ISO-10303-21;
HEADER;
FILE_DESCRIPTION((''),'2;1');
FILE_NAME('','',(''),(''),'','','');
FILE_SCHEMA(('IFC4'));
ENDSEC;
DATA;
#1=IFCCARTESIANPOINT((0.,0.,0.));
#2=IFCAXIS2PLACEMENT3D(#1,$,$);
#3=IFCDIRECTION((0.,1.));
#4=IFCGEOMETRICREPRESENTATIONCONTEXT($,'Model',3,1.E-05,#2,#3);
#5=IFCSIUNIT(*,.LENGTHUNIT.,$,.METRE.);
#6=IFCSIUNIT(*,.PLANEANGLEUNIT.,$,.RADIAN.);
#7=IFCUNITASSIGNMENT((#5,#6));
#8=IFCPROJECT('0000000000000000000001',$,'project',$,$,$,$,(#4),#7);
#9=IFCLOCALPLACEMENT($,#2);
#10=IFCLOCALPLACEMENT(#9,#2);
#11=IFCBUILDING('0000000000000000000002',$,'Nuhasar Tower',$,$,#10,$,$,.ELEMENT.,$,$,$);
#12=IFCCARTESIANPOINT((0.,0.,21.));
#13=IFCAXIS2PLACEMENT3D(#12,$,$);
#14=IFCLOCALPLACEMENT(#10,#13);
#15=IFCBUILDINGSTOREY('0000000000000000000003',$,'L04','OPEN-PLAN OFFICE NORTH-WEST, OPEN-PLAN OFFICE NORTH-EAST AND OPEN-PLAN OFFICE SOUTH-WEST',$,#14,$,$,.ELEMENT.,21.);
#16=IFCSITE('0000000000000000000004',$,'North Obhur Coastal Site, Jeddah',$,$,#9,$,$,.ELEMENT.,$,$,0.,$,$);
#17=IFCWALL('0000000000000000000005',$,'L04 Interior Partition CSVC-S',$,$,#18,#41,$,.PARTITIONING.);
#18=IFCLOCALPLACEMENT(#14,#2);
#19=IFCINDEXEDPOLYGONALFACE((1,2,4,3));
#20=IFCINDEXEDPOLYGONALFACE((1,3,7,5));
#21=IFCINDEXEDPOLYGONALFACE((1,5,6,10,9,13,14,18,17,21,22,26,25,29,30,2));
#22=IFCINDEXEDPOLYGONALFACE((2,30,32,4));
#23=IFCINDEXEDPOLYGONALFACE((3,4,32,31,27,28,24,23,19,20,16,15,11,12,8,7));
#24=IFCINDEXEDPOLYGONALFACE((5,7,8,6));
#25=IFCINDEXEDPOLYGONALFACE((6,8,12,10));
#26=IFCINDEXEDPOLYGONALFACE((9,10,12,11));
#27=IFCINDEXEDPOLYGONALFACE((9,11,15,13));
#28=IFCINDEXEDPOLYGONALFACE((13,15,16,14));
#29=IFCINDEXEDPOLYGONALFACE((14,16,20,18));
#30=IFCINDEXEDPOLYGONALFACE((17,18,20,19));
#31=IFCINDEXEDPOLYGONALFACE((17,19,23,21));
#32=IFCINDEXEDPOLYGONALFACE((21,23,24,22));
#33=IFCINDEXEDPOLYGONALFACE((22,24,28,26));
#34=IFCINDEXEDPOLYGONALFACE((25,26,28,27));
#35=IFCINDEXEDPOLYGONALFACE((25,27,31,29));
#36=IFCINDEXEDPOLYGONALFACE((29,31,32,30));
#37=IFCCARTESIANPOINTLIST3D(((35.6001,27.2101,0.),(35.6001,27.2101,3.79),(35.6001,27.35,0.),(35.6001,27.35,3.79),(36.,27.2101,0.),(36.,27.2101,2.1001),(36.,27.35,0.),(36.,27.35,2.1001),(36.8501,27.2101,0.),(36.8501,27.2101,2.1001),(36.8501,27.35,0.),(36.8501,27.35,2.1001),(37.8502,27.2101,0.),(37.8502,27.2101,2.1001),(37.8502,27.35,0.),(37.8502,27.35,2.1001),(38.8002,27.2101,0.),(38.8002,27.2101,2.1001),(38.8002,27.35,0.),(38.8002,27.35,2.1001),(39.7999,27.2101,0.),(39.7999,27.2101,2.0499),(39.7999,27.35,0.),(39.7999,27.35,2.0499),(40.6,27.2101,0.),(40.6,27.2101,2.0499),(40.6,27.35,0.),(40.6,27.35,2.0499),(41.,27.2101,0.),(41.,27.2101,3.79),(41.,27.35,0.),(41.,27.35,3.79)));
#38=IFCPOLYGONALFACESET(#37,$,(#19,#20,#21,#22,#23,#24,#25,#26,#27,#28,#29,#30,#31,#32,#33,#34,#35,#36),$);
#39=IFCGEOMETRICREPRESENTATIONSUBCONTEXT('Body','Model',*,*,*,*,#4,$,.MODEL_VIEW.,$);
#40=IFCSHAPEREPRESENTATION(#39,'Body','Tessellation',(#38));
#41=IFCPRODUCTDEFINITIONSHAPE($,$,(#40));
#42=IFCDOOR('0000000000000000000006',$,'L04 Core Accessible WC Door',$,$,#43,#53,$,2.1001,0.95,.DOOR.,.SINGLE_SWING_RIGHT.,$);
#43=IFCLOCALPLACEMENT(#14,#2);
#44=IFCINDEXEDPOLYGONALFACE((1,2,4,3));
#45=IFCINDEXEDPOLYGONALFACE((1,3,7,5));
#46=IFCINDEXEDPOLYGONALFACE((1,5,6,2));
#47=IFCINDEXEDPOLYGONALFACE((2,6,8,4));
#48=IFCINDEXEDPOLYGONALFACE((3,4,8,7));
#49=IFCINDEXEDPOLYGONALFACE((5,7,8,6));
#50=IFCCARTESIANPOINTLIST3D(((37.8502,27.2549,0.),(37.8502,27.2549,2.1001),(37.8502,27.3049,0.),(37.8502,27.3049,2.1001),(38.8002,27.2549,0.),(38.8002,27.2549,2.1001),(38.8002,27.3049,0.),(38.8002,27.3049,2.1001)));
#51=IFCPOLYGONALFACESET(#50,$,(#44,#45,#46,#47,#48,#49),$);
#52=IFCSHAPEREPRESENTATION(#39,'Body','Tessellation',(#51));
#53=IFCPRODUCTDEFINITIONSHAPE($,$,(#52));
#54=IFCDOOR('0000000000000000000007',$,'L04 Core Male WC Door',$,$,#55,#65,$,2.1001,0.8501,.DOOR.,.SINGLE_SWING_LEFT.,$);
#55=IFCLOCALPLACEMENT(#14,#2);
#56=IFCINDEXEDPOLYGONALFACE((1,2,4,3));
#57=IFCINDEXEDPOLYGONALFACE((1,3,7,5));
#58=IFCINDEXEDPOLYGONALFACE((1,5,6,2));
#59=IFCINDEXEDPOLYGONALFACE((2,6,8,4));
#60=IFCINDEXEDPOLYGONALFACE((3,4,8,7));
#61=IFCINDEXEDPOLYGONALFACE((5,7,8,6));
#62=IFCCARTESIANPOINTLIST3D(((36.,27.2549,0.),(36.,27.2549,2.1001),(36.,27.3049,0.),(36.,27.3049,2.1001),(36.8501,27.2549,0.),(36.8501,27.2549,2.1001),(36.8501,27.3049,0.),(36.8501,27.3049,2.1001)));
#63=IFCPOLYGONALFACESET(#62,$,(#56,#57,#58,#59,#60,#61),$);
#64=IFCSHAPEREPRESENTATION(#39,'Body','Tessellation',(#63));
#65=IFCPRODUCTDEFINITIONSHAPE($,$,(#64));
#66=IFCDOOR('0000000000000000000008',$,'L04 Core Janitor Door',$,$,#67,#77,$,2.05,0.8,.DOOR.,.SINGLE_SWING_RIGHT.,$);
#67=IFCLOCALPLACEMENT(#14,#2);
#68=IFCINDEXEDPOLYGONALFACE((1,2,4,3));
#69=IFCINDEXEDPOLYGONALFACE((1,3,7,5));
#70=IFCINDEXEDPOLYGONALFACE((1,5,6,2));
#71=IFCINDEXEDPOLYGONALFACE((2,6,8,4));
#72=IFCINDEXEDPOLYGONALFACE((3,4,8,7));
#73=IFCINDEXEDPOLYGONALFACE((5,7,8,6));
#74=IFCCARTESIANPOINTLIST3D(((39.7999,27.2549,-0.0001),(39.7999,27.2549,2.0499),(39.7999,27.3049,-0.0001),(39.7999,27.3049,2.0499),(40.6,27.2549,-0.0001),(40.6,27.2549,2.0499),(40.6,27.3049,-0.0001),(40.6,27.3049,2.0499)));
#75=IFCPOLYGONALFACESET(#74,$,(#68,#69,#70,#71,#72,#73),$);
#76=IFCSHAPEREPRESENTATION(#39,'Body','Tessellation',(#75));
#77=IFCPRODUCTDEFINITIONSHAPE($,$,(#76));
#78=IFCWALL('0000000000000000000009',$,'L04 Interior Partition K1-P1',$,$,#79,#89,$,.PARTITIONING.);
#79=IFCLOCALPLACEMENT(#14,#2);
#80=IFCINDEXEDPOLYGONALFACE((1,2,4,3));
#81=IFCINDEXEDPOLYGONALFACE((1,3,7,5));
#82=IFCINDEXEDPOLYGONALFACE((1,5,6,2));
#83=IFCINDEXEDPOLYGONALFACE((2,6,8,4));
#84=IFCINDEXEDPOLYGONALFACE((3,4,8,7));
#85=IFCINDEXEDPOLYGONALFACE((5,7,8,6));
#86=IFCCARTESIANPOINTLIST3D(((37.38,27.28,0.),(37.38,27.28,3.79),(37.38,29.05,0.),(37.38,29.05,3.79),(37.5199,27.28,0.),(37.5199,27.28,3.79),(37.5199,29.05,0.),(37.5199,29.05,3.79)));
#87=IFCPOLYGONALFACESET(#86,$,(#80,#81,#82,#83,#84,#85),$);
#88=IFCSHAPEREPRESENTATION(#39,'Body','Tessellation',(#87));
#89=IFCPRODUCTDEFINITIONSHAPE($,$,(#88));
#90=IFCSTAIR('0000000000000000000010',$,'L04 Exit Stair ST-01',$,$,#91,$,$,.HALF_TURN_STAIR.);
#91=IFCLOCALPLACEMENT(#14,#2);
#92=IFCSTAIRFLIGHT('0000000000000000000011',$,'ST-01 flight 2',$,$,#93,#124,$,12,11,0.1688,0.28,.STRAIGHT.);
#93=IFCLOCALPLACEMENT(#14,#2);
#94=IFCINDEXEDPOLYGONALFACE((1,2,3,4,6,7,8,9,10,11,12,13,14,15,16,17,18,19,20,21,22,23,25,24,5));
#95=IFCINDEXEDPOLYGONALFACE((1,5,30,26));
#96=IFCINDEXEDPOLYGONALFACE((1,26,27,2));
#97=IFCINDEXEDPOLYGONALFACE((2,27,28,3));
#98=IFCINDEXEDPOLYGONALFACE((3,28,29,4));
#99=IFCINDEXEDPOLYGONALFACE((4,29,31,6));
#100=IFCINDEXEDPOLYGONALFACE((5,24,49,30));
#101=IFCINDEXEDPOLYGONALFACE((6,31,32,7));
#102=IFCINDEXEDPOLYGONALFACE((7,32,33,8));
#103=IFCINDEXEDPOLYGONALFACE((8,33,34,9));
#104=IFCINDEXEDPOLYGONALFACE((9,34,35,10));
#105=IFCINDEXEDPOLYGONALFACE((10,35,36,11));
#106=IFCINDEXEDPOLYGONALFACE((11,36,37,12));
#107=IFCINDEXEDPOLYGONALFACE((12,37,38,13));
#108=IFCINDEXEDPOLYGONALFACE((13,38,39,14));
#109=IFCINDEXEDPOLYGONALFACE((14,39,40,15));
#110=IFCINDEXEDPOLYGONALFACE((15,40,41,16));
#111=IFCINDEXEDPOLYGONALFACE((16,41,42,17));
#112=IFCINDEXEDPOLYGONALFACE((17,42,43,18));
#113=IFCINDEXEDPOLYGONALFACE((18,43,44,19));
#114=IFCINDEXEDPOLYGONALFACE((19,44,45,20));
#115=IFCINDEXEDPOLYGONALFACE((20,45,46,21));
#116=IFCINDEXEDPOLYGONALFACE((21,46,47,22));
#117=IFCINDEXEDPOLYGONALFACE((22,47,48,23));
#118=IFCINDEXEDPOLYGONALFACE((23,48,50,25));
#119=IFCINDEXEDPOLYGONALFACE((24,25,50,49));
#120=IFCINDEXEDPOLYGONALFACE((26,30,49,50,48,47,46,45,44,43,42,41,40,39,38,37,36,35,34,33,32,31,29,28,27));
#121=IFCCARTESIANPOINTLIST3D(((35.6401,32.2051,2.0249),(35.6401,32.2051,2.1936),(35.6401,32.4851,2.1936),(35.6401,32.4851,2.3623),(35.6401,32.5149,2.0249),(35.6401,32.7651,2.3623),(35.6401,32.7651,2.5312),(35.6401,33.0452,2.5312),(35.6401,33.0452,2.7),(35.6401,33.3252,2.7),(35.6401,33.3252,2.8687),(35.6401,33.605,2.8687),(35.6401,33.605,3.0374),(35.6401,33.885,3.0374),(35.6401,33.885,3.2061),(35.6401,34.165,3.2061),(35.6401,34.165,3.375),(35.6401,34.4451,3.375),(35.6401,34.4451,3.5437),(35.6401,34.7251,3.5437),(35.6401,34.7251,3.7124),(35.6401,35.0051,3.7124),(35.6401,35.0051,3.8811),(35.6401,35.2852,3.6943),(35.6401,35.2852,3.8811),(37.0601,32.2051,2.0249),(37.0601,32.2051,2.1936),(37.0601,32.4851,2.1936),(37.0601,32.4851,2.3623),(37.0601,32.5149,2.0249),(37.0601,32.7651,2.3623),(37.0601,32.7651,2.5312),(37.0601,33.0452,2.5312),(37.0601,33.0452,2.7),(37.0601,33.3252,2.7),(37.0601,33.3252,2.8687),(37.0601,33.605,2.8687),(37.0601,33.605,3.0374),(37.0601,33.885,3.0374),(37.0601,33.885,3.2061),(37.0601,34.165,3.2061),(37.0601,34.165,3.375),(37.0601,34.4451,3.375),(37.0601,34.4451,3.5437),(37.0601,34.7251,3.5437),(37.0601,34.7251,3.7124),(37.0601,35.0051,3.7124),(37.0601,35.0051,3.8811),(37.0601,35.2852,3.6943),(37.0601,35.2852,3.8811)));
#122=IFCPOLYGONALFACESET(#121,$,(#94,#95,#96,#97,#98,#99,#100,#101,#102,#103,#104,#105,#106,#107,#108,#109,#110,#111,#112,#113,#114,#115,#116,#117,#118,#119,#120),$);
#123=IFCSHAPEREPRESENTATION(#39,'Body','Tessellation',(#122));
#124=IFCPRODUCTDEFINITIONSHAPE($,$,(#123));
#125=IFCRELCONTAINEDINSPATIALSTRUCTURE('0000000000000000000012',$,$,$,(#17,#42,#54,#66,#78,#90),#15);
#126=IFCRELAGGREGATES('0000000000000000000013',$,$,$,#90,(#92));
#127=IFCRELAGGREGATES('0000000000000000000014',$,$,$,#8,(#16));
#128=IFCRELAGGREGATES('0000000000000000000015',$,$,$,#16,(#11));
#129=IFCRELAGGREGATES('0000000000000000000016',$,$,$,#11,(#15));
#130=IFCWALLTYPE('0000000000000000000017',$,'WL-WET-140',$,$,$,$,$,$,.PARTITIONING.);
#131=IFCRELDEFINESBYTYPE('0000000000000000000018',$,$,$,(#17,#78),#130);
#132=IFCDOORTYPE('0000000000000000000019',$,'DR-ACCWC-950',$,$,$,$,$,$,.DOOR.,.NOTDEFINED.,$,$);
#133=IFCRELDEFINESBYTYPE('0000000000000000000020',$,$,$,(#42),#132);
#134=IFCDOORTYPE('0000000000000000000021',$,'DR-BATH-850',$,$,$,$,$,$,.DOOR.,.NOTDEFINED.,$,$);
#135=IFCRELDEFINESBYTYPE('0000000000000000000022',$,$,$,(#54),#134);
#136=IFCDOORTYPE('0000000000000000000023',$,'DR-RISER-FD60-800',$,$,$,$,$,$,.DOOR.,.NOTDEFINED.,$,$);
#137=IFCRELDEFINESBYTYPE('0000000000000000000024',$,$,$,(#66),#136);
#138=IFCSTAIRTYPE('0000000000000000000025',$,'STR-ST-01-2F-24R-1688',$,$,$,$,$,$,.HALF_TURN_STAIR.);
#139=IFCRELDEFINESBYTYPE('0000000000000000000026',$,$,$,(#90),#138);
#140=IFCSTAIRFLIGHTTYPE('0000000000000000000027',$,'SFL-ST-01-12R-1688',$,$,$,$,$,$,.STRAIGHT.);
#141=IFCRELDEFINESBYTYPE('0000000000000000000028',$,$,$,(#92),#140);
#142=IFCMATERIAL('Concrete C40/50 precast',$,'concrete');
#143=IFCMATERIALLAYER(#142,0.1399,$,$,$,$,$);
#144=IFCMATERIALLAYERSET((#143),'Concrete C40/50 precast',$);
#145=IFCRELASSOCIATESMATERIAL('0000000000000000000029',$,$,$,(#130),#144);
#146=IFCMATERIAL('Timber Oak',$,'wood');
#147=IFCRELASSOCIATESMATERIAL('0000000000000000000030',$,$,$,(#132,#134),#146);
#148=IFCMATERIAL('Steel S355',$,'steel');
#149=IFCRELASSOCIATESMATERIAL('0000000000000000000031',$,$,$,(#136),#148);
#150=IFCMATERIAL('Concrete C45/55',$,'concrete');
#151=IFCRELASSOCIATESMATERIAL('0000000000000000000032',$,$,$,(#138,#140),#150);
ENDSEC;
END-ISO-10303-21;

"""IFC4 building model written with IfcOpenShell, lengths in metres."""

from ifc_helpers import new_model, si_unit, direction, frame, frame_2d, origin, place, context, subcontext, project, spatial, polyline, rectangle, outline, extrude, material, layer, layer_set, type_object, element, fill, aggregate, save


model = new_model("IFC4")

# Units and contexts
model_context = context("Model", 3, precision=1e-05, world=origin(), true_north=direction((0.0, 1.0)))
body_context = subcontext(model_context, "Body", "Model", "MODEL_VIEW")
ifc_project = project(units=[si_unit("LENGTHUNIT", "METRE"), si_unit("PLANEANGLEUNIT", "RADIAN")], contexts=[model_context])

# Site, building, storey
site_placement = place(None, origin())
site = spatial("IfcSite", under=ifc_project, at=site_placement, Name="North Obhur Coastal Site, Jeddah", CompositionType="ELEMENT", RefElevation=0.0)
building_placement = place(site_placement, origin())
building = spatial("IfcBuilding", under=site, at=building_placement, Name="Nuhasar Tower", CompositionType="ELEMENT")
storey_placement = place(building_placement, frame((0.0, 0.0, 21.0)))
storey = spatial("IfcBuildingStorey", under=building, at=storey_placement, Name="L04", Description="OPEN-PLAN OFFICE NORTH-WEST, OPEN-PLAN OFFICE NORTH-EAST AND OPEN-PLAN OFFICE SOUTH-WEST", CompositionType="ELEMENT", Elevation=21.0)

# Shared definitions
ifc_material_1 = material(Name="Steel S355", Category="steel")

# Shared definitions
ifc_material_2 = material(Name="Concrete C45/55", Category="concrete")
ifc_material_3 = material(Name="Concrete C40/50 precast", Category="concrete")
ifc_layer_1 = layer(ifc_material_3, 0.1399)
ifc_layer_set_1 = layer_set([ifc_layer_1], Name="Concrete C40/50 precast")
wall_type_1 = type_object("IfcWallType", Name="WL-WET-140", PredefinedType="PARTITIONING", material=ifc_layer_set_1)

# Wall, openings, doors
wall_1_placement = place(storey_placement, frame((35.6001, 27.28, 0.0), z_axis=(0.0, 0.0, 1.0), x_axis=(1.0, 0.0, 0.0)))
wall_1 = element("IfcWall", 1, at=wall_1_placement, inside=storey, type_object=wall_type_1, Name="L04 Interior Partition CSVC-S", PredefinedType="PARTITIONING", context=body_context, shape_type="SweptSolid", body=[
    extrude(rectangle(XDim=5.3999, YDim=0.1399, at=frame_2d((2.7, 0.0))), origin(), (0.0, 0.0, 1.0), 3.79),
])
opening_1_placement = place(wall_1_placement, frame((0.3999, 0.0, 0.0)))
opening_1 = element("IfcOpeningElement", 2, at=opening_1_placement, cuts=wall_1, PredefinedType="OPENING", context=body_context, shape_type="SweptSolid", body=[
    extrude(rectangle(XDim=0.8501, YDim=2.1001, at=frame_2d((0.425, 1.05))), frame((0.0, 0.0801, 0.0), z_axis=(0.0, -1.0, 0.0), x_axis=(1.0, 0.0, 0.0)), (0.0, 0.0, 1.0), 0.1599),
])
opening_2_placement = place(wall_1_placement, frame((2.25, 0.0, 0.0)))
opening_2 = element("IfcOpeningElement", 3, at=opening_2_placement, cuts=wall_1, PredefinedType="OPENING", context=body_context, shape_type="SweptSolid", body=[
    extrude(rectangle(XDim=0.95, YDim=2.1001, at=frame_2d((0.4751, 1.05))), frame((0.0, 0.0801, 0.0), z_axis=(0.0, -1.0, 0.0), x_axis=(1.0, 0.0, 0.0)), (0.0, 0.0, 1.0), 0.1599),
])
opening_3_placement = place(wall_1_placement, frame((4.2, 0.0, 0.0)))
opening_3 = element("IfcOpeningElement", 4, at=opening_3_placement, cuts=wall_1, PredefinedType="OPENING", context=body_context, shape_type="SweptSolid", body=[
    extrude(rectangle(XDim=0.8, YDim=2.05, at=frame_2d((0.3999, 1.0249))), frame((0.0, 0.0801, 0.0), z_axis=(0.0, -1.0, 0.0), x_axis=(1.0, 0.0, 0.0)), (0.0, 0.0, 1.0), 0.1599),
])
ifc_material_4 = material(Name="Timber Oak", Category="wood")
door_type_1 = type_object("IfcDoorType", Name="DR-ACCWC-950", OperationType="NOTDEFINED", PredefinedType="DOOR", material=ifc_material_4)
door_1_placement = place(opening_2_placement, origin())
door_1 = element("IfcDoor", 5, at=door_1_placement, inside=storey, type_object=door_type_1, Name="L04 Core Accessible WC Door", OperationType="SINGLE_SWING_RIGHT", OverallHeight=2.1001, OverallWidth=0.95, PredefinedType="DOOR", context=body_context, shape_type="SweptSolid", body=[
    extrude(rectangle(XDim=0.95, YDim=2.1001, at=frame_2d((0.4751, 1.05))), frame((0.0, 0.0249, 0.0), z_axis=(0.0, -1.0, 0.0), x_axis=(1.0, 0.0, 0.0)), (0.0, 0.0, 1.0), 0.05),
])
fill(opening_2, door_1)
door_type_2 = type_object("IfcDoorType", Name="DR-BATH-850", OperationType="NOTDEFINED", PredefinedType="DOOR", material=ifc_material_4)
door_2_placement = place(opening_1_placement, origin())
door_2 = element("IfcDoor", 6, at=door_2_placement, inside=storey, type_object=door_type_2, Name="L04 Core Male WC Door", OperationType="SINGLE_SWING_LEFT", OverallHeight=2.1001, OverallWidth=0.8501, PredefinedType="DOOR", context=body_context, shape_type="SweptSolid", body=[
    extrude(rectangle(XDim=0.8501, YDim=2.1001, at=frame_2d((0.425, 1.05))), frame((0.0, 0.0249, 0.0), z_axis=(0.0, -1.0, 0.0), x_axis=(1.0, 0.0, 0.0)), (0.0, 0.0, 1.0), 0.05),
])
fill(opening_1, door_2)
door_type_3 = type_object("IfcDoorType", Name="DR-RISER-FD60-800", OperationType="NOTDEFINED", PredefinedType="DOOR", material=ifc_material_1)
door_3_placement = place(opening_3_placement, origin())
door_3 = element("IfcDoor", 7, at=door_3_placement, inside=storey, type_object=door_type_3, Name="L04 Core Janitor Door", OperationType="SINGLE_SWING_RIGHT", OverallHeight=2.05, OverallWidth=0.8, PredefinedType="DOOR", context=body_context, shape_type="SweptSolid", body=[
    extrude(rectangle(XDim=0.8, YDim=2.05, at=frame_2d((0.3999, 1.0249))), frame((0.0, 0.0249, 0.0), z_axis=(0.0, -1.0, 0.0), x_axis=(1.0, 0.0, 0.0)), (0.0, 0.0, 1.0), 0.05),
])
fill(opening_3, door_3)

# Wall
wall_2_placement = place(storey_placement, frame((37.45, 27.28, 0.0), z_axis=(0.0, 0.0, 1.0), x_axis=(0.0, 1.0, 0.0)))
element("IfcWall", 8, at=wall_2_placement, inside=storey, type_object=wall_type_1, Name="L04 Interior Partition K1-P1", PredefinedType="PARTITIONING", context=body_context, shape_type="SweptSolid", body=[
    extrude(rectangle(XDim=1.77, YDim=0.1399, at=frame_2d((0.885, 0.0))), origin(), (0.0, 0.0, 1.0), 3.79),
])

# Stair, stair flight
stair_type = type_object("IfcStairType", Name="STR-ST-01-2F-24R-1688", PredefinedType="HALF_TURN_STAIR", material=ifc_material_2)
stair_placement = place(storey_placement, origin())
stair = element("IfcStair", 9, at=stair_placement, inside=storey, type_object=stair_type, Name="L04 Exit Stair ST-01", PredefinedType="HALF_TURN_STAIR")
stair_flight_type = type_object("IfcStairFlightType", Name="SFL-ST-01-12R-1688", PredefinedType="STRAIGHT", material=ifc_material_2)
stair_flight_placement = place(storey_placement, frame((36.3501, 32.2051, 2.0249), z_axis=(0.0, 0.0, 1.0), x_axis=(0.0, 1.0, 0.0)))
stair_flight = element("IfcStairFlight", 10, at=stair_flight_placement, type_object=stair_flight_type, Name="ST-01 flight 2", NumberOfRisers=12, NumberOfTreads=11, PredefinedType="STRAIGHT", RiserHeight=0.1688, TreadLength=0.28, context=body_context, shape_type="SweptSolid", body=[
    extrude(outline(polyline([(0.0, 0.0), (0.0, 0.1687), (0.28, 0.1687), (0.28, 0.3374), (0.5601, 0.3374), (0.5601, 0.5063), (0.8401, 0.5063), (0.8401, 0.675), (1.1201, 0.675), (1.1201, 0.8438), (1.3999, 0.8438), (1.3999, 1.0125), (1.6799, 1.0125), (1.6799, 1.1812), (1.96, 1.1812), (1.96, 1.3501), (2.24, 1.3501), (2.24, 1.5188), (2.52, 1.5188), (2.52, 1.6875), (2.8, 1.6875), (2.8, 1.8562), (3.0801, 1.8562), (3.0801, 2.0249), (3.0801, 1.6694), (0.3098, 0.0), (0.0, 0.0)])), frame((0.0, 0.71, 0.0), z_axis=(0.0, -1.0, 0.0), x_axis=(1.0, 0.0, 0.0)), (0.0, 0.0, 1.0), 1.4199),
])
aggregate(stair, [stair_flight])

save(model, "model.ifc")
